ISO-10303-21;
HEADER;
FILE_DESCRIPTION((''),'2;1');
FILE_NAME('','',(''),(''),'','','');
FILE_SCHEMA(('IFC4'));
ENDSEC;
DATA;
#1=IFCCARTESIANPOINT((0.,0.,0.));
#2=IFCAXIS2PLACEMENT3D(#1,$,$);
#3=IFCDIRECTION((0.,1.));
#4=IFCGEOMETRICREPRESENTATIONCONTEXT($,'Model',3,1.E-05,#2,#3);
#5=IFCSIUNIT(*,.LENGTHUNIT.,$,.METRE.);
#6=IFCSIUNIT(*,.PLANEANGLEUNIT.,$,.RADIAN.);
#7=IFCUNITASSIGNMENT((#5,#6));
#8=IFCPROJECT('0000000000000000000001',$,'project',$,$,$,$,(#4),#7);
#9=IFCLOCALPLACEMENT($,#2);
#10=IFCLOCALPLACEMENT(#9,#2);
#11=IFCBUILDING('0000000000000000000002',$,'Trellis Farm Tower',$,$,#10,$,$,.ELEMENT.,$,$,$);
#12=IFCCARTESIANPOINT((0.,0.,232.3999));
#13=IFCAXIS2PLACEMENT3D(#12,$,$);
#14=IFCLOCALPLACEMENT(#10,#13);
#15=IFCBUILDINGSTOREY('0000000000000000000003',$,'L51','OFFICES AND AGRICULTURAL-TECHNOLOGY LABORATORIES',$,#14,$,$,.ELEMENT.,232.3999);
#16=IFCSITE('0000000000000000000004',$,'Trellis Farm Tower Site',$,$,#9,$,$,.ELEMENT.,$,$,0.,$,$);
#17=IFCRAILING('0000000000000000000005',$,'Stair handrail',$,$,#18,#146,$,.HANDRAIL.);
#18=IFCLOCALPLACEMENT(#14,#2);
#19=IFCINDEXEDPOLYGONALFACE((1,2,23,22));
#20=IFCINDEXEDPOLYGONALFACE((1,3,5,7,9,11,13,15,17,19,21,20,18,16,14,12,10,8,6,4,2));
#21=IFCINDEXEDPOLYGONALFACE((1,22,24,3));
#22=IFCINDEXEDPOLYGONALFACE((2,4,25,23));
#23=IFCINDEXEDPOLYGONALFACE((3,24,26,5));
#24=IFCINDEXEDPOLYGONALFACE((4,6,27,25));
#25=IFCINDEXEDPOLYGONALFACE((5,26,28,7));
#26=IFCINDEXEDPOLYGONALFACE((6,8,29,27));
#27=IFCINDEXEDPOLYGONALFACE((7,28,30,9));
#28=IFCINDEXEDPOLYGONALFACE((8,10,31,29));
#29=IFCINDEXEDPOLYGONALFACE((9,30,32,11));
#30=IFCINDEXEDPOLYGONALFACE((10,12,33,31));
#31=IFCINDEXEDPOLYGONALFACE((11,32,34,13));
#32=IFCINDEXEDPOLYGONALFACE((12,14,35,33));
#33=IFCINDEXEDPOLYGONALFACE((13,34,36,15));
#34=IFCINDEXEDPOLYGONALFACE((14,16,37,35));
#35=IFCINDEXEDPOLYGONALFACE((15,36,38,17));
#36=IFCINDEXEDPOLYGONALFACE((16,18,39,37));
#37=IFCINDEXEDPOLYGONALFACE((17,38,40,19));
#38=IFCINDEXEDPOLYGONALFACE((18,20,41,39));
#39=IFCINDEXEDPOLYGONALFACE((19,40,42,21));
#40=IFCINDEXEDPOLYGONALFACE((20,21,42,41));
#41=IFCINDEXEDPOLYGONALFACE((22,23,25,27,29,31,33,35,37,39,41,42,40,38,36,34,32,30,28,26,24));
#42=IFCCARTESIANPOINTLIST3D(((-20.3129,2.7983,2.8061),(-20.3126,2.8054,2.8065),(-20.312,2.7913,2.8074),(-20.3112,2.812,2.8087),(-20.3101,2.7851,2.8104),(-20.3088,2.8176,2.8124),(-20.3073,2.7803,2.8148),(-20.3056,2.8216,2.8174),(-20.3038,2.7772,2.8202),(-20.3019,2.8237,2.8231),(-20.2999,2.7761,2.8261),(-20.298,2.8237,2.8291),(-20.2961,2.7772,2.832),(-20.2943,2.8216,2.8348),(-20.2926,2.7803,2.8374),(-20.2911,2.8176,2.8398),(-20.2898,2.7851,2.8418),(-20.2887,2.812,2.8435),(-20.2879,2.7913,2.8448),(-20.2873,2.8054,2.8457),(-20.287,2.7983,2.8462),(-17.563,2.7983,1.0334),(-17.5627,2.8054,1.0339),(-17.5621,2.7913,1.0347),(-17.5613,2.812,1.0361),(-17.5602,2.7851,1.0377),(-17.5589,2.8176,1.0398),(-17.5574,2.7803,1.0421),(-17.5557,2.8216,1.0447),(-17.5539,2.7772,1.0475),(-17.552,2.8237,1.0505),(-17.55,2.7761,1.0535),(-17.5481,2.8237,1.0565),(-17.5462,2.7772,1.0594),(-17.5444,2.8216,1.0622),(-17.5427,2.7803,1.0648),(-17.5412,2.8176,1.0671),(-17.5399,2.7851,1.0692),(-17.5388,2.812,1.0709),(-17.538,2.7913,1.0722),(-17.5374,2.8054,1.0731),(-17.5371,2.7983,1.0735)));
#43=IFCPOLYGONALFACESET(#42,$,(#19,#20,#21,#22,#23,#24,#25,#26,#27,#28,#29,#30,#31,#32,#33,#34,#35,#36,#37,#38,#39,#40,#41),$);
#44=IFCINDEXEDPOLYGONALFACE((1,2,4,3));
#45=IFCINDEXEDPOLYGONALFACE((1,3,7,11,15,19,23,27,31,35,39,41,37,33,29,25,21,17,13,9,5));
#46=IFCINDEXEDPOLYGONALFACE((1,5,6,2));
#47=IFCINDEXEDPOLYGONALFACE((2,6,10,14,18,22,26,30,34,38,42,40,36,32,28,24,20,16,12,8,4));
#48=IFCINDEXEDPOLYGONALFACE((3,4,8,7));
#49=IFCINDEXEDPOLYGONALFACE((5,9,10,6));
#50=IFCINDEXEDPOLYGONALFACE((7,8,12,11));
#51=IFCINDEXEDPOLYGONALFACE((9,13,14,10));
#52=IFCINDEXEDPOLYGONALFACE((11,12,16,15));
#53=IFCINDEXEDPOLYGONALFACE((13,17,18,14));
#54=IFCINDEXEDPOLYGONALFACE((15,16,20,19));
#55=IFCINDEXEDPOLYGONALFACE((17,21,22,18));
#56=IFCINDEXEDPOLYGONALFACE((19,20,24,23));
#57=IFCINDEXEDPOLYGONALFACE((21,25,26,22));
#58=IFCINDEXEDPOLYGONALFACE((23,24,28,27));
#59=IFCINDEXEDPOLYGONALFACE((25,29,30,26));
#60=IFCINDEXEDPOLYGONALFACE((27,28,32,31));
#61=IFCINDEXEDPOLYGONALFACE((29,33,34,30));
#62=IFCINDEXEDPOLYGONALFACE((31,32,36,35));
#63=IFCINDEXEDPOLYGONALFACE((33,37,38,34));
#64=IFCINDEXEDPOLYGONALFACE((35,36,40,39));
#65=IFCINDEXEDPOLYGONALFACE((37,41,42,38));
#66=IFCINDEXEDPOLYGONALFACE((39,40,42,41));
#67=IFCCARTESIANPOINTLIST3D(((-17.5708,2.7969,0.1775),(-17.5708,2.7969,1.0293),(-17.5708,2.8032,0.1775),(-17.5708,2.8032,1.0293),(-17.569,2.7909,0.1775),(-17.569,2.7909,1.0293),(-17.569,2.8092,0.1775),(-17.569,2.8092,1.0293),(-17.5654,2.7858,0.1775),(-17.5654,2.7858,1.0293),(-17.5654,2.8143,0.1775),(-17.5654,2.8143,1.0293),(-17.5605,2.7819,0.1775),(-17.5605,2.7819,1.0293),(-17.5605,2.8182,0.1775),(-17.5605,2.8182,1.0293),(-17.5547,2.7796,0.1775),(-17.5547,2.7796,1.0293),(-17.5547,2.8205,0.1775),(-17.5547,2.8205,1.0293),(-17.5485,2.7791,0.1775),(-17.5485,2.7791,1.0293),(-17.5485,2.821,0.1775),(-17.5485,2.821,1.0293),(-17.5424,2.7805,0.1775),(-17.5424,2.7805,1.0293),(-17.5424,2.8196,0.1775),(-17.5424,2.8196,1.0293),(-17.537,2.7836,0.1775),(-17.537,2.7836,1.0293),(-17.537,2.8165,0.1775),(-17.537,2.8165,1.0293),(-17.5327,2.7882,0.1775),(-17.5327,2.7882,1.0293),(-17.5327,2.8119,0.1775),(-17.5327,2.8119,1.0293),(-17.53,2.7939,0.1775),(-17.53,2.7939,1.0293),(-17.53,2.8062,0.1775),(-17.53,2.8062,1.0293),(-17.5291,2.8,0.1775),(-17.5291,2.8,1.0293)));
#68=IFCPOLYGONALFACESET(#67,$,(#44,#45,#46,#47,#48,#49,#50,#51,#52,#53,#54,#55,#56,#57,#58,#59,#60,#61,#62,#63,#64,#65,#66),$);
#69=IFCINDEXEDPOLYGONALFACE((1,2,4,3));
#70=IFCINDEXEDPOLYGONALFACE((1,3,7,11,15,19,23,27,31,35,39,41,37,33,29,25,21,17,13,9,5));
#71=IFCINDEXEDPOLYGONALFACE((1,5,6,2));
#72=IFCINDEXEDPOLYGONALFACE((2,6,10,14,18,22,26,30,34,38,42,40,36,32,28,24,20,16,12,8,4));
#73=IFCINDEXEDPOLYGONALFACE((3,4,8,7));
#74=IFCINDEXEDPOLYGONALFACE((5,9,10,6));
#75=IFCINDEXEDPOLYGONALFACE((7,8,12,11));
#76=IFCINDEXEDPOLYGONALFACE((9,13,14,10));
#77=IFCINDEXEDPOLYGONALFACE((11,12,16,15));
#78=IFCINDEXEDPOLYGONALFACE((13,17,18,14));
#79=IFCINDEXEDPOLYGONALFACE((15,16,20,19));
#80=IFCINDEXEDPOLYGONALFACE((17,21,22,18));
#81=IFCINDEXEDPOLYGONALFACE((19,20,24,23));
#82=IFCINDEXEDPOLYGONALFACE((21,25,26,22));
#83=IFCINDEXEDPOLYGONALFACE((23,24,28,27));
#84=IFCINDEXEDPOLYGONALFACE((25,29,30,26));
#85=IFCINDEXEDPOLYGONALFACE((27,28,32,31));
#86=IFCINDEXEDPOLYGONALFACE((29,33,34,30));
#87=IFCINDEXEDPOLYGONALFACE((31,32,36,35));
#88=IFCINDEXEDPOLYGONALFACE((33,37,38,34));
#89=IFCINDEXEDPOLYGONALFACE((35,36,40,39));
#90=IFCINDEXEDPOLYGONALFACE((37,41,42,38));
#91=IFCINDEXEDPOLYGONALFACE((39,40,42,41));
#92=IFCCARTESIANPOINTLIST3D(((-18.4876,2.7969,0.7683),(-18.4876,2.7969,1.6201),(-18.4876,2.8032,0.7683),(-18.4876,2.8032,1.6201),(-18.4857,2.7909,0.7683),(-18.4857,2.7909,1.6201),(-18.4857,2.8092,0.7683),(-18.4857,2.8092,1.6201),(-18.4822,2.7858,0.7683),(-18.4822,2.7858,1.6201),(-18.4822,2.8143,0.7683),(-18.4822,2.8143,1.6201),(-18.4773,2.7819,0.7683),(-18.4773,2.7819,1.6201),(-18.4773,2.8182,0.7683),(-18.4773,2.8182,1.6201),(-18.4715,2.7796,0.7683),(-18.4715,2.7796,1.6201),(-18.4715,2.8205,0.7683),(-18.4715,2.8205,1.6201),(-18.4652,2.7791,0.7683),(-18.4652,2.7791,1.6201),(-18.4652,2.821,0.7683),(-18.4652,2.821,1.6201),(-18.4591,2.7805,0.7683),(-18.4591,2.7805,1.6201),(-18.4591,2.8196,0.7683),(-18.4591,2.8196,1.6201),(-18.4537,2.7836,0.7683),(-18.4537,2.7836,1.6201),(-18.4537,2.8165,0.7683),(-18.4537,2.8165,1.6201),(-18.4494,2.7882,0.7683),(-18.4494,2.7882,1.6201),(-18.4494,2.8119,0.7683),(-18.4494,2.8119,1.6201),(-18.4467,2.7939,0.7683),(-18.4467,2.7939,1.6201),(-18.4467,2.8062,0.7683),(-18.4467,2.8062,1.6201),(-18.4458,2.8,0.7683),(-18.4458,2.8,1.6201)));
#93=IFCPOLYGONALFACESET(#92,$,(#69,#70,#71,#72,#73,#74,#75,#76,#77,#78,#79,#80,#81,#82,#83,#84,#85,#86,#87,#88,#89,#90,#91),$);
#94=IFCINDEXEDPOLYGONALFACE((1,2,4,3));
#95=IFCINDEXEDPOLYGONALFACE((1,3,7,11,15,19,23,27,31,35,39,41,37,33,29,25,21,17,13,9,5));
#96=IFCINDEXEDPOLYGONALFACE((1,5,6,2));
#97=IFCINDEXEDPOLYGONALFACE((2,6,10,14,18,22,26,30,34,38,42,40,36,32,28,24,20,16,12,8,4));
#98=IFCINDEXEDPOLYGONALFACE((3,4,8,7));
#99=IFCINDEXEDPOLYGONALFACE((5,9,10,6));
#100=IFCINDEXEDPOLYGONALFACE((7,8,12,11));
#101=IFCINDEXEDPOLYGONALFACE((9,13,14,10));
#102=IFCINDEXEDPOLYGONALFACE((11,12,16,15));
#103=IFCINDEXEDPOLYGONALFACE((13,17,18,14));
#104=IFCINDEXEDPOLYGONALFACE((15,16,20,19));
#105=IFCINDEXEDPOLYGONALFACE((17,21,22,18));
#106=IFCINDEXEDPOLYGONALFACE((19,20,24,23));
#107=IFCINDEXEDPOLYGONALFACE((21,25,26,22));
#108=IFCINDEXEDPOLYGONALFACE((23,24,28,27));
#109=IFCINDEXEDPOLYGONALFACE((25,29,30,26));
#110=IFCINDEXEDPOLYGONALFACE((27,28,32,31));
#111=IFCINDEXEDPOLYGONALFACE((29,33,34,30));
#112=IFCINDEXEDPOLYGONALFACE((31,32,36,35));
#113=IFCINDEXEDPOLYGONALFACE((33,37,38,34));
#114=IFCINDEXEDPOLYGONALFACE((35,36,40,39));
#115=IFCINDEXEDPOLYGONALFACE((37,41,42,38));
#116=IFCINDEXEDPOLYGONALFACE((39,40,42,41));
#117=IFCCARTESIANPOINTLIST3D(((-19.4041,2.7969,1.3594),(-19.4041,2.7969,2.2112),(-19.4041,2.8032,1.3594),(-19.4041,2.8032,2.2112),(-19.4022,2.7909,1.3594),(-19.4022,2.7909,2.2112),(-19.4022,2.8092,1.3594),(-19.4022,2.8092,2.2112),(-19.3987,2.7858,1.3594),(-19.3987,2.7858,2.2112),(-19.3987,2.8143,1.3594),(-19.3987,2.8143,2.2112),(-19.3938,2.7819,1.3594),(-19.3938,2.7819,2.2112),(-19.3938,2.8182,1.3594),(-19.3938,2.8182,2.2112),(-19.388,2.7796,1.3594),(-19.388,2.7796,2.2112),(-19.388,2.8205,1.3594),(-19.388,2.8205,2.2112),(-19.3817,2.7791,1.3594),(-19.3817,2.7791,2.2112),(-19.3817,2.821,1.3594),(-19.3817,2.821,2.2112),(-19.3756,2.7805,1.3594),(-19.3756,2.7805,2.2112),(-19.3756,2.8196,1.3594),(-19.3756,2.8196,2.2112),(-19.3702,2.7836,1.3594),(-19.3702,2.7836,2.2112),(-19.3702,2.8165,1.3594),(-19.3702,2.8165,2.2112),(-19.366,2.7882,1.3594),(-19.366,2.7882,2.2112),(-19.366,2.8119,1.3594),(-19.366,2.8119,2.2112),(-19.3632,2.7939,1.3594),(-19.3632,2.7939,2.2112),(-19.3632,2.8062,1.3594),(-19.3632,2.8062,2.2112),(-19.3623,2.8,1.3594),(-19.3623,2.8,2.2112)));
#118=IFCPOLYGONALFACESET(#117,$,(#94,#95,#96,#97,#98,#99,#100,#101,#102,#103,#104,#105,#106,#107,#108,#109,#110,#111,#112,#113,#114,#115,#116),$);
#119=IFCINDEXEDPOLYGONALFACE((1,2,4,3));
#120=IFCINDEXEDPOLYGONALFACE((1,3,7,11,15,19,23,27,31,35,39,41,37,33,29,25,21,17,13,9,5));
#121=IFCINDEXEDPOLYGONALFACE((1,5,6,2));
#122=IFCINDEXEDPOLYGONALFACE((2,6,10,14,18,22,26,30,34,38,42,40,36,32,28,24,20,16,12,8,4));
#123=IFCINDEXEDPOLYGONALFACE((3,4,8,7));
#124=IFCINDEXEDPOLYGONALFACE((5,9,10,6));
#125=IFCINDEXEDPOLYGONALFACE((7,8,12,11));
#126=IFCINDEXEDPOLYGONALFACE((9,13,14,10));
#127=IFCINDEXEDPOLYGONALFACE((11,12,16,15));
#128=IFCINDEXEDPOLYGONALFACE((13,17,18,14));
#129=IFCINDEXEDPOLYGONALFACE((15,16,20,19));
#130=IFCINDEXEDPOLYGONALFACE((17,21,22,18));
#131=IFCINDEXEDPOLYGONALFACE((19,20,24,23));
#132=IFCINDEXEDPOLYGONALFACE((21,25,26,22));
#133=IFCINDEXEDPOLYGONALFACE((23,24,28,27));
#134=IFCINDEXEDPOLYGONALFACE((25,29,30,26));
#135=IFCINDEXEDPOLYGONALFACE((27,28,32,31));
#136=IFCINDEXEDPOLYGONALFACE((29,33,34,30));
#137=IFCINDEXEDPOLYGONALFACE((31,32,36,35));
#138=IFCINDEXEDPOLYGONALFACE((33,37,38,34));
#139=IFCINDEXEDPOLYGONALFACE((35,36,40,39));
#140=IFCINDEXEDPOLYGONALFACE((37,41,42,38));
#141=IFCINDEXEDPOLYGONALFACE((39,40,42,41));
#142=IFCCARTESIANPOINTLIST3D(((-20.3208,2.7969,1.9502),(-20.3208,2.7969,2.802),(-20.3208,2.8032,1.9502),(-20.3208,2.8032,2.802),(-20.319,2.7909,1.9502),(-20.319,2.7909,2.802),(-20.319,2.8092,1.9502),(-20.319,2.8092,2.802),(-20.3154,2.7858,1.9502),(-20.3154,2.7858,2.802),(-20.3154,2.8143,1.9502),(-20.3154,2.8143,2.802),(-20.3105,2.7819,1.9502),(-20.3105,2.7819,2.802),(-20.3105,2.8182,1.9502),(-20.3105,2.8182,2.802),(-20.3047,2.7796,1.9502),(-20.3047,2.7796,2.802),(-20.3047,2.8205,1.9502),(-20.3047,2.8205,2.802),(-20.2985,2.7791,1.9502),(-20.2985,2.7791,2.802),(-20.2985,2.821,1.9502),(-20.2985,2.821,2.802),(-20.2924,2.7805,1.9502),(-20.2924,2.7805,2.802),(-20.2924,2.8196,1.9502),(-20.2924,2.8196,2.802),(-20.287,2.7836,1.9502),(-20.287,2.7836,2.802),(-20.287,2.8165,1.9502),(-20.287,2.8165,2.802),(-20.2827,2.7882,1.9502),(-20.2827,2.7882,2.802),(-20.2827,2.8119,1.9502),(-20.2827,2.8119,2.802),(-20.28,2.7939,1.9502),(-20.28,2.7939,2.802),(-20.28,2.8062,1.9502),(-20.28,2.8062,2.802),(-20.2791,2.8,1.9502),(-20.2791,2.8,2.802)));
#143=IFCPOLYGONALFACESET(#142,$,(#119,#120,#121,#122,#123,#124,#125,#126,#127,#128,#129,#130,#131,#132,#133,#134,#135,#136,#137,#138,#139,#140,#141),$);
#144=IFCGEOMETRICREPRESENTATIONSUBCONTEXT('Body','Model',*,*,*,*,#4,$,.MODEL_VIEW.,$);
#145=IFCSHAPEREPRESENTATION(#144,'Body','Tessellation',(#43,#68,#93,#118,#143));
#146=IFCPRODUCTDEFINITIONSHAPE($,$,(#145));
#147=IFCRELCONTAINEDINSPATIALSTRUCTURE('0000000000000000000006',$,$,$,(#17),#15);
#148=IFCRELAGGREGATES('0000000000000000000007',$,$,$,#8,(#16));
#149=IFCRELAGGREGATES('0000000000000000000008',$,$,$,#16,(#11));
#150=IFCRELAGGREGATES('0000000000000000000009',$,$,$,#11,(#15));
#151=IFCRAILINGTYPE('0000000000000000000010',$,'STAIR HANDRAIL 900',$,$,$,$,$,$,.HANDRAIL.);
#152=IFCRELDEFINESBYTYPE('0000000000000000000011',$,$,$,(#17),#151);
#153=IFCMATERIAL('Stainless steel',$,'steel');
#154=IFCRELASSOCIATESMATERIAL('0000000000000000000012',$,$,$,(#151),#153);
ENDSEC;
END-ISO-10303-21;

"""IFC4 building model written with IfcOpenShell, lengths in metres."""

from ifc_helpers import new_model, si_unit, direction, frame, origin, origin_2d, place, context, subcontext, project, spatial, circle, extrude, source, transform, mapped, material, type_object, element, save


model = new_model("IFC4")

# Units and contexts
model_context = context("Model", 3, precision=1e-05, world=origin(), true_north=direction((0.0, 1.0)))
body_context = subcontext(model_context, "Body", "Model", "MODEL_VIEW")
ifc_project = project(units=[si_unit("LENGTHUNIT", "METRE"), si_unit("PLANEANGLEUNIT", "RADIAN")], contexts=[model_context])

# Site, building, storey
site_placement = place(None, origin())
site = spatial("IfcSite", under=ifc_project, at=site_placement, Name="Trellis Farm Tower Site", CompositionType="ELEMENT", RefElevation=0.0)
building_placement = place(site_placement, origin())
building = spatial("IfcBuilding", under=site, at=building_placement, Name="Trellis Farm Tower", CompositionType="ELEMENT")
storey_placement = place(building_placement, frame((0.0, 0.0, 232.3999)))
storey = spatial("IfcBuildingStorey", under=building, at=storey_placement, Name="L51", Description="OFFICES AND AGRICULTURAL-TECHNOLOGY LABORATORIES", CompositionType="ELEMENT", Elevation=232.3999)

# Railing
ifc_material_1 = material(Name="Stainless steel", Category="steel")
railing_type = type_object("IfcRailingType", Name="STAIR HANDRAIL 900", PredefinedType="HANDRAIL", material=ifc_material_1)
shared_shape_1 = source(origin(), body_context, "Body", "SweptSolid", [
    extrude(circle(Radius=0.0239, at=origin_2d()), frame((0.0, 0.0, 0.876), z_axis=(-0.840504, 0.0, 0.541806), x_axis=(0.0, -1.0, 0.0)), (0.0, 0.0, 1.0), 3.2717),
    extrude(circle(Radius=0.021, at=origin_2d()), origin(), (0.0, 0.0, 1.0), 0.8518),
    extrude(circle(Radius=0.021, at=origin_2d()), frame((-0.9167, 0.0, 0.5908)), (0.0, 0.0, 1.0), 0.8518),
    extrude(circle(Radius=0.021, at=origin_2d()), frame((-1.8333, 0.0, 1.1819)), (0.0, 0.0, 1.0), 0.8518),
    extrude(circle(Radius=0.021, at=origin_2d()), frame((-2.75, 0.0, 1.7727)), (0.0, 0.0, 1.0), 0.8518),
])
for number, where, name in (
    (1, (-17.55, 2.8, 0.1775), "Stair handrail"),
):
    element("IfcRailing", number, at=place(storey_placement, frame(where)), inside=storey, type_object=railing_type, Name=name, PredefinedType="HANDRAIL", context=body_context, shape_type="MappedRepresentation", body=[
        mapped(shared_shape_1, transform((0.0, 0.0, 0.0))),
    ])

save(model, "model.ifc")
